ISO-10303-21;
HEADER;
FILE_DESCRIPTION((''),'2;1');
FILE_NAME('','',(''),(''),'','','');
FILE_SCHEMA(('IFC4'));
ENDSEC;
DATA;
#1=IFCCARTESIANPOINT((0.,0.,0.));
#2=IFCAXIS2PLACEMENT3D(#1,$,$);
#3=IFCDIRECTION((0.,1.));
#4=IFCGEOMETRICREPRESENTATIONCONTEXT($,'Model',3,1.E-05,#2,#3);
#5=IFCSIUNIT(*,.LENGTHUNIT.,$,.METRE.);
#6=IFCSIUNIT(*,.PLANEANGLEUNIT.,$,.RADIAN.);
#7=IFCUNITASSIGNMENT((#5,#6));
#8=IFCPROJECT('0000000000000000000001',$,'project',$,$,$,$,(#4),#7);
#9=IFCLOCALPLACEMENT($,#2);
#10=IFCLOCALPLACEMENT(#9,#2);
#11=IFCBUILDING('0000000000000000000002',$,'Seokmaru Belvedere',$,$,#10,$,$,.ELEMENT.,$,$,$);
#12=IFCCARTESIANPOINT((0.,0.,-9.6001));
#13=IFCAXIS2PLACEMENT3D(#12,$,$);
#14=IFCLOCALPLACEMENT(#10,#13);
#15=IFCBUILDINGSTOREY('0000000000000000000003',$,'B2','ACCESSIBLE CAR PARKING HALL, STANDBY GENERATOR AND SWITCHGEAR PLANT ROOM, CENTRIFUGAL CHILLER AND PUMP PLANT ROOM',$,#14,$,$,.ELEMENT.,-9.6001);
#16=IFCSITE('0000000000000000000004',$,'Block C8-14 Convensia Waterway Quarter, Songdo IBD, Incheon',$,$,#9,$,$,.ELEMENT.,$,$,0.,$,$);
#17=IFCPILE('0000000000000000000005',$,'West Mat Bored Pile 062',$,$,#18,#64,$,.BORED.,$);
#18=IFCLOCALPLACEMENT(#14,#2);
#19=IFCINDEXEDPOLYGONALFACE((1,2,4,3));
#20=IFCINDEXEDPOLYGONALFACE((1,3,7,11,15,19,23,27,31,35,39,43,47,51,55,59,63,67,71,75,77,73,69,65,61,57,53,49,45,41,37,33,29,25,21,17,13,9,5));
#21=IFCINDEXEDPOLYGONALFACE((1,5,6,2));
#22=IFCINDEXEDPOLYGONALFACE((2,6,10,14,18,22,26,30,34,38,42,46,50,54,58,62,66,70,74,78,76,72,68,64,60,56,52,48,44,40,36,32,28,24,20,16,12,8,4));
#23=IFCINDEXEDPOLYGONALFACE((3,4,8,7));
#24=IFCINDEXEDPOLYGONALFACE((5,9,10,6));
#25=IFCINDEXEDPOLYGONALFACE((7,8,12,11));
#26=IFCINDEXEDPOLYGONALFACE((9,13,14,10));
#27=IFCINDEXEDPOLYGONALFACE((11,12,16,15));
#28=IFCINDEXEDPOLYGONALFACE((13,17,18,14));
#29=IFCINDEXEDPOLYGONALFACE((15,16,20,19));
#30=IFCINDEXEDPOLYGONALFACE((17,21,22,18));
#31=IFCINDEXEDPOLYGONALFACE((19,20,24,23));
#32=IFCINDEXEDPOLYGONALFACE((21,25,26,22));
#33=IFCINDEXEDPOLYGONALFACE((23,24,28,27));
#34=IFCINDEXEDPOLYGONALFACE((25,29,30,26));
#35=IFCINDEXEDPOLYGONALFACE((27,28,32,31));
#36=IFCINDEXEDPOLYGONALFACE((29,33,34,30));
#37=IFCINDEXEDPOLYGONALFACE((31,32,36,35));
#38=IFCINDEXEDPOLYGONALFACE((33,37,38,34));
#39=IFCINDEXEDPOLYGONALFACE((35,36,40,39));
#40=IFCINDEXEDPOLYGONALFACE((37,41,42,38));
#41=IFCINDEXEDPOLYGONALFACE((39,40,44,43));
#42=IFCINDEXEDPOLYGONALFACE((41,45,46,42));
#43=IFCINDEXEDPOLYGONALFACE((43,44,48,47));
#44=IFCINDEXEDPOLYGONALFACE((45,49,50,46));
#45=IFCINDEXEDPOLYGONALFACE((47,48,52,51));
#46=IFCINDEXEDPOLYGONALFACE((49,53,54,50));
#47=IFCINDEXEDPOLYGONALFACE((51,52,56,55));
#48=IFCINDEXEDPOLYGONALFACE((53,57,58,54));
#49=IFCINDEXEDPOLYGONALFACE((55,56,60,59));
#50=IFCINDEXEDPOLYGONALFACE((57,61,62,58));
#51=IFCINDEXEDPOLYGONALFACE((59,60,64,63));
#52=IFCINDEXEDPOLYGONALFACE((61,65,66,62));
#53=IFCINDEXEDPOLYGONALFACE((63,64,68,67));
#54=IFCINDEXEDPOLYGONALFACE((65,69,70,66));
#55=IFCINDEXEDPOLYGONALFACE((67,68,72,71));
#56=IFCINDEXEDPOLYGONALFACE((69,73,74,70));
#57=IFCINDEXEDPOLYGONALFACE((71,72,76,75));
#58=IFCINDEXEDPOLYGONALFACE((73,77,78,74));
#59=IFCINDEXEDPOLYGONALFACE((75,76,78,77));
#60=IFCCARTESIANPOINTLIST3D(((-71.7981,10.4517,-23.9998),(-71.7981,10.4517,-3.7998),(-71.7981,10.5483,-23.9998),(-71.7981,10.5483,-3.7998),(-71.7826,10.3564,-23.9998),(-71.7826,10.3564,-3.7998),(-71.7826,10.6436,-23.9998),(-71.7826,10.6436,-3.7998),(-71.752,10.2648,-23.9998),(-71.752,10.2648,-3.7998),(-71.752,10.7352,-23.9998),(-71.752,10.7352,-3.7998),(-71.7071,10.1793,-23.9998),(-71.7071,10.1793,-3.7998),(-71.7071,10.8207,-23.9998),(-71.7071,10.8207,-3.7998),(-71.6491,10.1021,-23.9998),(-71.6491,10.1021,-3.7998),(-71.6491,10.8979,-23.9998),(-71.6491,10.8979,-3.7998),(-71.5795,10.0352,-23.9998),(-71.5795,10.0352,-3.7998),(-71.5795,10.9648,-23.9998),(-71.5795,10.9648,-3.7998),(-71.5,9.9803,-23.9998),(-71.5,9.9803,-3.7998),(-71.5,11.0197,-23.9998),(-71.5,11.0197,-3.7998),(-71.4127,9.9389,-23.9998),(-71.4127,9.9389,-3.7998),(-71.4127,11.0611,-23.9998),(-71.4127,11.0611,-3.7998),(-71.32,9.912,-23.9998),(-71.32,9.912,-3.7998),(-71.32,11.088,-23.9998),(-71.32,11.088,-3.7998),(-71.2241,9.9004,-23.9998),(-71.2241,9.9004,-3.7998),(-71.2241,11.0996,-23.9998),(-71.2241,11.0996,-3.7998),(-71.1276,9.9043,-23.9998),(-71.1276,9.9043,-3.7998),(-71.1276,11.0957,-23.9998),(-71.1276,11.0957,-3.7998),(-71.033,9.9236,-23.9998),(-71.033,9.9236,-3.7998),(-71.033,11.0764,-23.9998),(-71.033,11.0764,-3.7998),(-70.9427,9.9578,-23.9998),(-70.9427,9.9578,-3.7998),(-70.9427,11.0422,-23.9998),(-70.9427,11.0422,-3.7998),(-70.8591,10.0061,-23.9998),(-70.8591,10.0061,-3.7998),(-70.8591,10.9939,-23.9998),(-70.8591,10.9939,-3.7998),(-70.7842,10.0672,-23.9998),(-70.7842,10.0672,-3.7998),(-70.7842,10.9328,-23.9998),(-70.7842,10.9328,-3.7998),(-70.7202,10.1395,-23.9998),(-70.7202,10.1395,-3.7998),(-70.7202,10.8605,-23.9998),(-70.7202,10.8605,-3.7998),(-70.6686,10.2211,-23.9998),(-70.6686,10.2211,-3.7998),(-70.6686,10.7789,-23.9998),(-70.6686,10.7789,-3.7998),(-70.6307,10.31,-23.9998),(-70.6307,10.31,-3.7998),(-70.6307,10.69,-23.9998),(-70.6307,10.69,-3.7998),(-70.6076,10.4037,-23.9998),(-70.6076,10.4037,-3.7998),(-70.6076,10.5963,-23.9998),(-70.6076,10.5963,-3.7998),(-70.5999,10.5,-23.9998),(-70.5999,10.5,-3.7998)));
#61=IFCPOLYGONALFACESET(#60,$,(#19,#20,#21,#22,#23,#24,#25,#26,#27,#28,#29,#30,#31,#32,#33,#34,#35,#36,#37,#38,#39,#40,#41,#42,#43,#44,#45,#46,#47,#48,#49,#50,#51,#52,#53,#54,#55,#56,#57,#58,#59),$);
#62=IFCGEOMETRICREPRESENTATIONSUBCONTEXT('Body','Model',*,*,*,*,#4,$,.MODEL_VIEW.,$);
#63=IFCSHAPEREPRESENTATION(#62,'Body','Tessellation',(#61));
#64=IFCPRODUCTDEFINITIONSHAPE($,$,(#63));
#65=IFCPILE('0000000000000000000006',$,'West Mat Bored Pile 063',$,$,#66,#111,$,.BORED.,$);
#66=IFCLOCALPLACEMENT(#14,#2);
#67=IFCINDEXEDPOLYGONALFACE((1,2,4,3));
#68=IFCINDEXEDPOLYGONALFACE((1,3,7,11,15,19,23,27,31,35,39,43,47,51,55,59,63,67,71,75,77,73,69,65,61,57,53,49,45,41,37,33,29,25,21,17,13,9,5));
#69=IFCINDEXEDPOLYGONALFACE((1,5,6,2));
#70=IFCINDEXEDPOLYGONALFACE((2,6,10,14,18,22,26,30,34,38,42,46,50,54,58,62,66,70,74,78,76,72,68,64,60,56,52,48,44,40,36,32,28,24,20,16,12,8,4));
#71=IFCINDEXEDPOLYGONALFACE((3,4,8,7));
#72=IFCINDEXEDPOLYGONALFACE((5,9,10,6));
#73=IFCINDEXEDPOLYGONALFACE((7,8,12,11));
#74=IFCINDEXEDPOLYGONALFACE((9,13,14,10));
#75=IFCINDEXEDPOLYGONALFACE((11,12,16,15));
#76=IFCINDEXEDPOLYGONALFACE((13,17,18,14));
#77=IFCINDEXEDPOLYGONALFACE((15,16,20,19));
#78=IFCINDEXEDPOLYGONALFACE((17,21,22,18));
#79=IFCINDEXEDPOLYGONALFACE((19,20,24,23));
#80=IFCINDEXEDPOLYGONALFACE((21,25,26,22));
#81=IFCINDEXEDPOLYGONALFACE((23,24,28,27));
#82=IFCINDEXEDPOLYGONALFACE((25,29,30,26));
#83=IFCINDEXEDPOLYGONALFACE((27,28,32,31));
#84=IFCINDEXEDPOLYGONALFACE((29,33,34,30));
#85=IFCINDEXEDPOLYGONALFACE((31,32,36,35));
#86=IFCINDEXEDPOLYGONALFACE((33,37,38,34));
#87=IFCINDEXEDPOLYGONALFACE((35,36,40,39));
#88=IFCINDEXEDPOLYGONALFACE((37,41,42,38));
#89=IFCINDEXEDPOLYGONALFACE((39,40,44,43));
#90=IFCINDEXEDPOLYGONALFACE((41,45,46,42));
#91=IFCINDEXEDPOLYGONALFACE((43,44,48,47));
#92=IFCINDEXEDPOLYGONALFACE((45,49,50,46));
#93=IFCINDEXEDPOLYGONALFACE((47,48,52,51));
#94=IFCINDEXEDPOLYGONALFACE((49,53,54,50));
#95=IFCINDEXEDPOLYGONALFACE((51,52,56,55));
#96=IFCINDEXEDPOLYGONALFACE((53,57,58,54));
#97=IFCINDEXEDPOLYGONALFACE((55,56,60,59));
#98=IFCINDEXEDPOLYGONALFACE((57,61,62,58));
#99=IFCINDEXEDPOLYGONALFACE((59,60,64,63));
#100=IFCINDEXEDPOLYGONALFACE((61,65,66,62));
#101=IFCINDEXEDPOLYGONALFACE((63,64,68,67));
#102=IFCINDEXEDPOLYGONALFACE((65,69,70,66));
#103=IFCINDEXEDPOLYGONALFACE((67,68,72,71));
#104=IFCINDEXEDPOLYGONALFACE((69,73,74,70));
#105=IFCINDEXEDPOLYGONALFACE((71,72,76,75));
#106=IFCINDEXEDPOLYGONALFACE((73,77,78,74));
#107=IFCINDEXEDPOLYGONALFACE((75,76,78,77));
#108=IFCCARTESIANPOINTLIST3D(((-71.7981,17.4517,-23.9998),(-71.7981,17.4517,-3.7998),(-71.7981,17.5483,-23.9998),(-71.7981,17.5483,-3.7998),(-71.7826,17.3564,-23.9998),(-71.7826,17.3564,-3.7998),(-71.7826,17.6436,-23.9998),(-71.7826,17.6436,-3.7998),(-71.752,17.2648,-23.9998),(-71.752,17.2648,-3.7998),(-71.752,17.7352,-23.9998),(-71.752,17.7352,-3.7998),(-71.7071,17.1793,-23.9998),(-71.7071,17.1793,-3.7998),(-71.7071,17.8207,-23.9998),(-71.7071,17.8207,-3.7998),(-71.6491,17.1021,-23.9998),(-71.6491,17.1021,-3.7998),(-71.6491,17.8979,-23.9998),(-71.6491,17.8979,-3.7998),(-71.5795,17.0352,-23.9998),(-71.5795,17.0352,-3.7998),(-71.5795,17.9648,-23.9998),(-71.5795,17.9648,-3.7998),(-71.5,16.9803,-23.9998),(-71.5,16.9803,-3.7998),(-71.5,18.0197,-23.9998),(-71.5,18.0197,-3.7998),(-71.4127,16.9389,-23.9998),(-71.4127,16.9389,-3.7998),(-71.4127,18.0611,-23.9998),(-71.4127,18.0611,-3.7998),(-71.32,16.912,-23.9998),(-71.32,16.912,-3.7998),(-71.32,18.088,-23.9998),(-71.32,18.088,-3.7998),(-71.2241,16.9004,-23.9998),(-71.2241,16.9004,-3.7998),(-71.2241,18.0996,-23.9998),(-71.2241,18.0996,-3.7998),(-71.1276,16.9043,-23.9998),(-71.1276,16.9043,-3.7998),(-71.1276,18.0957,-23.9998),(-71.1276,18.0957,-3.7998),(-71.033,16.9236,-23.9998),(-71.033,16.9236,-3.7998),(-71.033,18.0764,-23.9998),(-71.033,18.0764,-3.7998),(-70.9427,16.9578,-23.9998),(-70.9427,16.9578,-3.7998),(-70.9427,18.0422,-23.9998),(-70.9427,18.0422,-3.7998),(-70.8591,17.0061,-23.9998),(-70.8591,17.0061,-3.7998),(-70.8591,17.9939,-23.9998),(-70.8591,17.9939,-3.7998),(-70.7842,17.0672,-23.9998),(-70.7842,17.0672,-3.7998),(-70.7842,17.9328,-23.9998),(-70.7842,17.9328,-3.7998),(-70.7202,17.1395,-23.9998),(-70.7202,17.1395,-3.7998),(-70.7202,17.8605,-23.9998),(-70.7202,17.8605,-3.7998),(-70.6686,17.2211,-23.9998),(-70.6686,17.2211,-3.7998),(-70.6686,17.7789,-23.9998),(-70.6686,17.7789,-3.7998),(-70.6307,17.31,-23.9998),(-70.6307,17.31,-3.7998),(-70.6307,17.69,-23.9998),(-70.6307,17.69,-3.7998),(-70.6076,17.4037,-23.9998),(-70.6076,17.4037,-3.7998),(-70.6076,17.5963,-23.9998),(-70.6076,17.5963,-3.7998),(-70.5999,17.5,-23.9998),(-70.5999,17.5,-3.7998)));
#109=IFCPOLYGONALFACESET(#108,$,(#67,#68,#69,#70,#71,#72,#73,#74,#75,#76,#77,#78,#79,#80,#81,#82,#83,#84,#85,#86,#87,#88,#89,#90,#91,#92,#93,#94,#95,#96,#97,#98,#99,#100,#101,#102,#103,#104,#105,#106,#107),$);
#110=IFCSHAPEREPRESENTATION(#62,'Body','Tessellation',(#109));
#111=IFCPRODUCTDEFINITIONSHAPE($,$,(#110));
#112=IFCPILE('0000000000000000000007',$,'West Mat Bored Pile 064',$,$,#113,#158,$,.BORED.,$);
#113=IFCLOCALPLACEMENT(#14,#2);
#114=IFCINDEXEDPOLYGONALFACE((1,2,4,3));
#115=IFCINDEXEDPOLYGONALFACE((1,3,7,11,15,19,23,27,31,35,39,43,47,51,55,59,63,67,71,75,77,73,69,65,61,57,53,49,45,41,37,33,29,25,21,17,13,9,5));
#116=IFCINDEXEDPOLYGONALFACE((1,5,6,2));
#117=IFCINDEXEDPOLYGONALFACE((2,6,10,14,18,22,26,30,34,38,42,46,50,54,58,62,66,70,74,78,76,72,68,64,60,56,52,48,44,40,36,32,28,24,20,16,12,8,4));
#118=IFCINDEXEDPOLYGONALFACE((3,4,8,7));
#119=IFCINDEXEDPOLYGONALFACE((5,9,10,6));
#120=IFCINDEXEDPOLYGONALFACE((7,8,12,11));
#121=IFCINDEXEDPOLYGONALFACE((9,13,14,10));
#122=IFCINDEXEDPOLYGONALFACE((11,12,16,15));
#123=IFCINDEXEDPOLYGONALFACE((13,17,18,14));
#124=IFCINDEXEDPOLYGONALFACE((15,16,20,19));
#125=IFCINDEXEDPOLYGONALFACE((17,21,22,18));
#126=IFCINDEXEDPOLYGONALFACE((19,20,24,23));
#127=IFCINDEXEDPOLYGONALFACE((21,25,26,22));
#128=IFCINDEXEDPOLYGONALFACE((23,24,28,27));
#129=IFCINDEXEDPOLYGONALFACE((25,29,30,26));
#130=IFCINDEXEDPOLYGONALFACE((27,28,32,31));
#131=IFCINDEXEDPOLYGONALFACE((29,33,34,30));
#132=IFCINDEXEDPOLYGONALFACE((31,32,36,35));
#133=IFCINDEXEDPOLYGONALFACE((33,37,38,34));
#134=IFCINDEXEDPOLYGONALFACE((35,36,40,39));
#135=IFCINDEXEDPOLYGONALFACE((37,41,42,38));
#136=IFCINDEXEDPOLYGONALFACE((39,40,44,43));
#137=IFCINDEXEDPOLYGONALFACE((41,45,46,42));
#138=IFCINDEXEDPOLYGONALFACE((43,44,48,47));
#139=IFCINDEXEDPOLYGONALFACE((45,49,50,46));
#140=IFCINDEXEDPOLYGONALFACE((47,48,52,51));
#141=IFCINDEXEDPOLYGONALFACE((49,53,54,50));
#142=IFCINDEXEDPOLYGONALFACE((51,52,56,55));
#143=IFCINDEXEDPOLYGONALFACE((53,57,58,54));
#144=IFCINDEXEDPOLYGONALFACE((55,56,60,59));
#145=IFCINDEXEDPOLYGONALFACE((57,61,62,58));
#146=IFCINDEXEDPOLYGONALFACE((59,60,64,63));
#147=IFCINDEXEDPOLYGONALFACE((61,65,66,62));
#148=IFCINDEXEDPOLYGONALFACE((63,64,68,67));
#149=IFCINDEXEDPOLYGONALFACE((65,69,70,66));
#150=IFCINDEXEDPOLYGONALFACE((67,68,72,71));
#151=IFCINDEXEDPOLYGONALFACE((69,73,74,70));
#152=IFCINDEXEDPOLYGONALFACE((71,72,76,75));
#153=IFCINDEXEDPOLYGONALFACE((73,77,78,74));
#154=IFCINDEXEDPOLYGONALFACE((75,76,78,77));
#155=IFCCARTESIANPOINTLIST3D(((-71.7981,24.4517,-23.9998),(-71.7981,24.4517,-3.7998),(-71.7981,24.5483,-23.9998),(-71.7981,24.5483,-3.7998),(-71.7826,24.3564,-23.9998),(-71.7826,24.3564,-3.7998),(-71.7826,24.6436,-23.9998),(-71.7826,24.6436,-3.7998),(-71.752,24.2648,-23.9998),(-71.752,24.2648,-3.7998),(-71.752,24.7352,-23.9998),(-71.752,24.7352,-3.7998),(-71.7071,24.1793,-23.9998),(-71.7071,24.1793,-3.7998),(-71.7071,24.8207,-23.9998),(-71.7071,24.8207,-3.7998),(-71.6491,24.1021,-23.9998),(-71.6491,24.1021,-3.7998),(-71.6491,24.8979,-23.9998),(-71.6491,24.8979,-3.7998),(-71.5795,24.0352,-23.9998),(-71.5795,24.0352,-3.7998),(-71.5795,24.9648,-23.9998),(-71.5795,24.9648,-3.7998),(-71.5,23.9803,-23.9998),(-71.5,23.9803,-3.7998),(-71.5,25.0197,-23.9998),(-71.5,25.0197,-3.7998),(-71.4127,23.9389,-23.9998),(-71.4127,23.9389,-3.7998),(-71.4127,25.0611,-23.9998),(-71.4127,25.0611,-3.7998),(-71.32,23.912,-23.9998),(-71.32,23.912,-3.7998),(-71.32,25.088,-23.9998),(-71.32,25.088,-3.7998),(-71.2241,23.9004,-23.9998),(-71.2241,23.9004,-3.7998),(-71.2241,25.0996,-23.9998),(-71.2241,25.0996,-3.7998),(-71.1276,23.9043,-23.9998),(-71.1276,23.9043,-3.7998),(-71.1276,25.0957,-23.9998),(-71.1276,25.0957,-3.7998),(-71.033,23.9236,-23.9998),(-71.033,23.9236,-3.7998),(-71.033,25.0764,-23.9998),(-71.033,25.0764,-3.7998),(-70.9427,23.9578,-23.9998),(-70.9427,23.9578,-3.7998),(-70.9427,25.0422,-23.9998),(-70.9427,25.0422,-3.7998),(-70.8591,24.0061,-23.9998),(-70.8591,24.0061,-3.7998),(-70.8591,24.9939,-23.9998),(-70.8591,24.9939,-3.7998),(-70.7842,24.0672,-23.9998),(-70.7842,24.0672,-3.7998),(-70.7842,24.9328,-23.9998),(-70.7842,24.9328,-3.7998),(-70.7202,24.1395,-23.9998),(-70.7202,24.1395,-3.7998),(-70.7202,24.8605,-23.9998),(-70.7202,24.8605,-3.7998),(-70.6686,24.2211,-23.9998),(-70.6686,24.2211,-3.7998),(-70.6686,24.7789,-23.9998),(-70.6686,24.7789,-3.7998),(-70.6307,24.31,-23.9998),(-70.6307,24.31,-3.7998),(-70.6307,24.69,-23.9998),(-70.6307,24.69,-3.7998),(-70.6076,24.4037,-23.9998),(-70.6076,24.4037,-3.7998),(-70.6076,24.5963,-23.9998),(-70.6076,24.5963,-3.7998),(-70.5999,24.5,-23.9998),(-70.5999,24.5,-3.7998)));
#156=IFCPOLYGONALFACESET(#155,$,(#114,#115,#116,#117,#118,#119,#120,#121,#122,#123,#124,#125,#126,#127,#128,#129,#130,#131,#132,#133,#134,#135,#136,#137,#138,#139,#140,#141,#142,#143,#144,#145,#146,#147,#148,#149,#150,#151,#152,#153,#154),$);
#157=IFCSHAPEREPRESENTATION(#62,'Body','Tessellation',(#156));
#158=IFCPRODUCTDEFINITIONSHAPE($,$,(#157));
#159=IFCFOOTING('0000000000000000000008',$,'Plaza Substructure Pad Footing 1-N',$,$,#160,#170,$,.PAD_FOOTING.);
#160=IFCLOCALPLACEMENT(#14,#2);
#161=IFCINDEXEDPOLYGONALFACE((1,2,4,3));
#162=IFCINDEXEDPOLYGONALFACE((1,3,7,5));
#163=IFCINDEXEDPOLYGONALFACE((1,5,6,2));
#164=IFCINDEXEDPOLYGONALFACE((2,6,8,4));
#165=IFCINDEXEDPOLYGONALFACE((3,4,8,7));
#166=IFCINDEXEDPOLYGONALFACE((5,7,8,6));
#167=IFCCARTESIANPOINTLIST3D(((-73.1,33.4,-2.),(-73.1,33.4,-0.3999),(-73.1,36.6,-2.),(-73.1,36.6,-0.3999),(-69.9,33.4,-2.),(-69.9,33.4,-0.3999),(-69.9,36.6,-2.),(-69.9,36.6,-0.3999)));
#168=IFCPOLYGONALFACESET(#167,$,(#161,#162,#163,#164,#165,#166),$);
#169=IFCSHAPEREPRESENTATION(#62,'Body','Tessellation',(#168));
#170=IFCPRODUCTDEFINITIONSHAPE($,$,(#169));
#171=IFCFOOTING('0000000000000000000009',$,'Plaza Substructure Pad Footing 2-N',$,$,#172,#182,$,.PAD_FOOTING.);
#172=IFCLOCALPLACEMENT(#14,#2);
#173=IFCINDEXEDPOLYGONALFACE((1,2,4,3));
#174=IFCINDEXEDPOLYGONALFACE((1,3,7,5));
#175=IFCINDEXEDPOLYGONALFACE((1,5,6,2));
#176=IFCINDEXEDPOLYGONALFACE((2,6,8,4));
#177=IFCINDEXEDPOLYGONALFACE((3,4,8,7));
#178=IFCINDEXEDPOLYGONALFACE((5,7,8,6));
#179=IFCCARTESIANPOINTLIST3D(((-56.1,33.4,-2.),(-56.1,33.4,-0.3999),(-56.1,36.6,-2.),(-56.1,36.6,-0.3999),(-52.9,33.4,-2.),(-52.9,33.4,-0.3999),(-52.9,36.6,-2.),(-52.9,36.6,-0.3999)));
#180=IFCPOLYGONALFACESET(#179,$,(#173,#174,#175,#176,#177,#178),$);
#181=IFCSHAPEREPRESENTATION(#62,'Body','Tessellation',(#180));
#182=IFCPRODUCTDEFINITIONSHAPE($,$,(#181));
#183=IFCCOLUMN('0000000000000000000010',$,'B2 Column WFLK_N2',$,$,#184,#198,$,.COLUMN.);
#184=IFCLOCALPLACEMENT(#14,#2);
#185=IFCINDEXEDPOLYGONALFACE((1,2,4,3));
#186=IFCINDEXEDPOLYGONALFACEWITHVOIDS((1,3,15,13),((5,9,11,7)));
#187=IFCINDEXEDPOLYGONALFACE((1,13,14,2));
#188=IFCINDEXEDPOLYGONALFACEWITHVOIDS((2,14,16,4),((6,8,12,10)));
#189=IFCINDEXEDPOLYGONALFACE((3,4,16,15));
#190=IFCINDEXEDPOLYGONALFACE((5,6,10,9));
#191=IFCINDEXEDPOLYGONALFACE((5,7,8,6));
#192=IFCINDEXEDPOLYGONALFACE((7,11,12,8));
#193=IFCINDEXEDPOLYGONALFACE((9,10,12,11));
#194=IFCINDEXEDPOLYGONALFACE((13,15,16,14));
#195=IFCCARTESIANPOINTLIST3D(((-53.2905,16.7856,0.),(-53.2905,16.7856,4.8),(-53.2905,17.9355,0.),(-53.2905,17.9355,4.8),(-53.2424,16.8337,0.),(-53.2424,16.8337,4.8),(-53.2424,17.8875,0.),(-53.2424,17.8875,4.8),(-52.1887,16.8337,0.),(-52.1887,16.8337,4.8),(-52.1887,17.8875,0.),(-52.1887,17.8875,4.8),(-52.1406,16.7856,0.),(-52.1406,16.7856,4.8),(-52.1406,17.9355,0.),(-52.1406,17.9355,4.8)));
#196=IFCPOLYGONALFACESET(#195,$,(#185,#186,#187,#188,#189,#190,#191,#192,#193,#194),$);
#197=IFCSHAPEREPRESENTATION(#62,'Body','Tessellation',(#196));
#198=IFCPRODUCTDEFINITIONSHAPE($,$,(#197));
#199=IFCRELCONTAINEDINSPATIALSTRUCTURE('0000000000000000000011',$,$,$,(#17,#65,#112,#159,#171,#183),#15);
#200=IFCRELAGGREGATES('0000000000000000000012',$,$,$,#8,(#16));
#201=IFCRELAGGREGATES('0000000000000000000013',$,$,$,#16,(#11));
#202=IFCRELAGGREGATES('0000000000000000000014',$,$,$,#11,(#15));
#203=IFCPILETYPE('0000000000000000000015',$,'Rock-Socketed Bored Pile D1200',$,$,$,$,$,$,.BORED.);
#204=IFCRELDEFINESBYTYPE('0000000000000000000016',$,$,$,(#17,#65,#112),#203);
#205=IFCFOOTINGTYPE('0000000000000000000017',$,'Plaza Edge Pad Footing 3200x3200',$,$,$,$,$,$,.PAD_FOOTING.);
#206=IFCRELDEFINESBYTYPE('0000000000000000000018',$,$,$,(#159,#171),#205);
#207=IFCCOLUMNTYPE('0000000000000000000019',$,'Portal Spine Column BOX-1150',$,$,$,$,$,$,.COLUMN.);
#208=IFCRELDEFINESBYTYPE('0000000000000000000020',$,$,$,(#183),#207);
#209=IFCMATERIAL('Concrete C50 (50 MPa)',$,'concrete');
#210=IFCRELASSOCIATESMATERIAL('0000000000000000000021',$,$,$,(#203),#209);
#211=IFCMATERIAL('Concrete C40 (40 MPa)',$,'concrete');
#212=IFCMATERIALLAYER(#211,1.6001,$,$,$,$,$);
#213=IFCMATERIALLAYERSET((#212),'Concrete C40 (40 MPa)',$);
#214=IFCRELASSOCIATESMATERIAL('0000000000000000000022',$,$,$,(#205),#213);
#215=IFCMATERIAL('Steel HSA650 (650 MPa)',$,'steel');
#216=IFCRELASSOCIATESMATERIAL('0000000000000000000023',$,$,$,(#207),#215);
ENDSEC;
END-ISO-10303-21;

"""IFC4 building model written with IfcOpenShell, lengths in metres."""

from ifc_helpers import new_model, si_unit, direction, frame, origin, origin_2d, place, context, subcontext, project, spatial, rectangle, hollow_rectangle, circle, extrude, source, transform, mapped, material, layer, layer_set, material_profile, profile_set, type_object, type_shapes, element, save


model = new_model("IFC4")

# Units and contexts
model_context = context("Model", 3, precision=1e-05, world=origin(), true_north=direction((0.0, 1.0)))
body_context = subcontext(model_context, "Body", "Model", "MODEL_VIEW")
ifc_project = project(units=[si_unit("LENGTHUNIT", "METRE"), si_unit("PLANEANGLEUNIT", "RADIAN")], contexts=[model_context])

# Site, building, storey
site_placement = place(None, origin())
site = spatial("IfcSite", under=ifc_project, at=site_placement, Name="Block C8-14 Convensia Waterway Quarter, Songdo IBD, Incheon", CompositionType="ELEMENT", RefElevation=0.0)
building_placement = place(site_placement, origin())
building = spatial("IfcBuilding", under=site, at=building_placement, Name="Seokmaru Belvedere", CompositionType="ELEMENT")
storey_placement = place(building_placement, frame((0.0, 0.0, -9.6001)))
storey = spatial("IfcBuildingStorey", under=building, at=storey_placement, Name="B2", Description="ACCESSIBLE CAR PARKING HALL, STANDBY GENERATOR AND SWITCHGEAR PLANT ROOM, CENTRIFUGAL CHILLER AND PUMP PLANT ROOM", CompositionType="ELEMENT", Elevation=-9.6001)

# Shared definitions
ifc_material_1 = material(Name="Concrete C50 (50 MPa)", Category="concrete")

# Piles
ifc_material_profile_1 = material_profile(ifc_material_1, circle(Radius=0.6001, at=origin_2d()), Name="PILE-D1200")
ifc_profile_set_1 = profile_set([ifc_material_profile_1], Name="Concrete C50 (50 MPa)")
pile_type_1 = type_object("IfcPileType", Name="Rock-Socketed Bored Pile D1200", PredefinedType="BORED", material=ifc_profile_set_1)
shared_shape_1 = source(origin(), body_context, "Body", "SweptSolid", [
    extrude(circle(Radius=0.6001, at=origin_2d()), origin(), (0.0, 0.0, 1.0), 20.2),
])
type_shapes(pile_type_1, [shared_shape_1])
for number, where, z_axis, x_axis, name in (
    (1, (-71.2, 10.5, -3.7998), (0.0, 0.0, -1.0), (1.0, 0.0, 0.0), "West Mat Bored Pile 062"),
    (2, (-71.2, 17.5, -3.7998), (0.0, 0.0, -1.0), (1.0, 0.0, 0.0), "West Mat Bored Pile 063"),
    (3, (-71.2, 24.5, -3.7998), (0.0, 0.0, -1.0), (1.0, 0.0, 0.0), "West Mat Bored Pile 064"),
):
    element("IfcPile", number, at=place(storey_placement, frame(where, z_axis=z_axis, x_axis=x_axis)), inside=storey, type_object=pile_type_1, Name=name, PredefinedType="BORED", context=body_context, shape_type="MappedRepresentation", body=[
        mapped(shared_shape_1, transform((0.0, 0.0, 0.0), scale=1.0)),
    ])

# Footings
ifc_material_2 = material(Name="Concrete C40 (40 MPa)", Category="concrete")
ifc_layer_1 = layer(ifc_material_2, 1.6001)
ifc_layer_set_1 = layer_set([ifc_layer_1], Name="Concrete C40 (40 MPa)")
footing_type_1 = type_object("IfcFootingType", Name="Plaza Edge Pad Footing 3200x3200", PredefinedType="PAD_FOOTING", material=ifc_layer_set_1)
shared_shape_2 = source(origin(), body_context, "Body", "SweptSolid", [
    extrude(rectangle(XDim=3.2, YDim=3.2, at=origin_2d()), origin(), (0.0, 0.0, 1.0), 1.6001),
])
type_shapes(footing_type_1, [shared_shape_2])
for number, where, z_axis, x_axis, name in (
    (4, (-71.5, 35.0, -2.0), (0.0, 0.0, 1.0), (1.0, 0.0, 0.0), "Plaza Substructure Pad Footing 1-N"),
    (5, (-54.5, 35.0, -2.0), (0.0, 0.0, 1.0), (1.0, 0.0, 0.0), "Plaza Substructure Pad Footing 2-N"),
):
    element("IfcFooting", number, at=place(storey_placement, frame(where, z_axis=z_axis, x_axis=x_axis)), inside=storey, type_object=footing_type_1, Name=name, PredefinedType="PAD_FOOTING", context=body_context, shape_type="MappedRepresentation", body=[
        mapped(shared_shape_2, transform((0.0, 0.0, 0.0), scale=1.0)),
    ])

# Column
ifc_material_3 = material(Name="Steel HSA650 (650 MPa)", Category="steel")
ifc_material_profile_2 = material_profile(ifc_material_3, hollow_rectangle(XDim=1.1499, YDim=1.1499, WallThickness=0.0481, at=origin_2d()), Name="BOX-1150x1150x48")
ifc_profile_set_2 = profile_set([ifc_material_profile_2], Name="Steel HSA650 (650 MPa)")
column_type_1 = type_object("IfcColumnType", Name="Portal Spine Column BOX-1150", PredefinedType="COLUMN", material=ifc_profile_set_2)
shared_shape_3 = source(origin(), body_context, "Body", "SweptSolid", [
    extrude(hollow_rectangle(XDim=1.1499, YDim=1.1499, WallThickness=0.0481, at=origin_2d()), origin(), (0.0, 0.0, 1.0), 4.8),
])
type_shapes(column_type_1, [shared_shape_3])
column_1_placement = place(storey_placement, frame((-52.7156, 17.3606, 0.0), z_axis=(0.0, 0.0, 1.0), x_axis=(1.0, 0.0, 0.0)))
element("IfcColumn", 6, at=column_1_placement, inside=storey, type_object=column_type_1, Name="B2 Column WFLK_N2", PredefinedType="COLUMN", context=body_context, shape_type="MappedRepresentation", body=[
    mapped(shared_shape_3, transform((0.0, 0.0, 0.0), scale=1.0)),
])

save(model, "model.ifc")
